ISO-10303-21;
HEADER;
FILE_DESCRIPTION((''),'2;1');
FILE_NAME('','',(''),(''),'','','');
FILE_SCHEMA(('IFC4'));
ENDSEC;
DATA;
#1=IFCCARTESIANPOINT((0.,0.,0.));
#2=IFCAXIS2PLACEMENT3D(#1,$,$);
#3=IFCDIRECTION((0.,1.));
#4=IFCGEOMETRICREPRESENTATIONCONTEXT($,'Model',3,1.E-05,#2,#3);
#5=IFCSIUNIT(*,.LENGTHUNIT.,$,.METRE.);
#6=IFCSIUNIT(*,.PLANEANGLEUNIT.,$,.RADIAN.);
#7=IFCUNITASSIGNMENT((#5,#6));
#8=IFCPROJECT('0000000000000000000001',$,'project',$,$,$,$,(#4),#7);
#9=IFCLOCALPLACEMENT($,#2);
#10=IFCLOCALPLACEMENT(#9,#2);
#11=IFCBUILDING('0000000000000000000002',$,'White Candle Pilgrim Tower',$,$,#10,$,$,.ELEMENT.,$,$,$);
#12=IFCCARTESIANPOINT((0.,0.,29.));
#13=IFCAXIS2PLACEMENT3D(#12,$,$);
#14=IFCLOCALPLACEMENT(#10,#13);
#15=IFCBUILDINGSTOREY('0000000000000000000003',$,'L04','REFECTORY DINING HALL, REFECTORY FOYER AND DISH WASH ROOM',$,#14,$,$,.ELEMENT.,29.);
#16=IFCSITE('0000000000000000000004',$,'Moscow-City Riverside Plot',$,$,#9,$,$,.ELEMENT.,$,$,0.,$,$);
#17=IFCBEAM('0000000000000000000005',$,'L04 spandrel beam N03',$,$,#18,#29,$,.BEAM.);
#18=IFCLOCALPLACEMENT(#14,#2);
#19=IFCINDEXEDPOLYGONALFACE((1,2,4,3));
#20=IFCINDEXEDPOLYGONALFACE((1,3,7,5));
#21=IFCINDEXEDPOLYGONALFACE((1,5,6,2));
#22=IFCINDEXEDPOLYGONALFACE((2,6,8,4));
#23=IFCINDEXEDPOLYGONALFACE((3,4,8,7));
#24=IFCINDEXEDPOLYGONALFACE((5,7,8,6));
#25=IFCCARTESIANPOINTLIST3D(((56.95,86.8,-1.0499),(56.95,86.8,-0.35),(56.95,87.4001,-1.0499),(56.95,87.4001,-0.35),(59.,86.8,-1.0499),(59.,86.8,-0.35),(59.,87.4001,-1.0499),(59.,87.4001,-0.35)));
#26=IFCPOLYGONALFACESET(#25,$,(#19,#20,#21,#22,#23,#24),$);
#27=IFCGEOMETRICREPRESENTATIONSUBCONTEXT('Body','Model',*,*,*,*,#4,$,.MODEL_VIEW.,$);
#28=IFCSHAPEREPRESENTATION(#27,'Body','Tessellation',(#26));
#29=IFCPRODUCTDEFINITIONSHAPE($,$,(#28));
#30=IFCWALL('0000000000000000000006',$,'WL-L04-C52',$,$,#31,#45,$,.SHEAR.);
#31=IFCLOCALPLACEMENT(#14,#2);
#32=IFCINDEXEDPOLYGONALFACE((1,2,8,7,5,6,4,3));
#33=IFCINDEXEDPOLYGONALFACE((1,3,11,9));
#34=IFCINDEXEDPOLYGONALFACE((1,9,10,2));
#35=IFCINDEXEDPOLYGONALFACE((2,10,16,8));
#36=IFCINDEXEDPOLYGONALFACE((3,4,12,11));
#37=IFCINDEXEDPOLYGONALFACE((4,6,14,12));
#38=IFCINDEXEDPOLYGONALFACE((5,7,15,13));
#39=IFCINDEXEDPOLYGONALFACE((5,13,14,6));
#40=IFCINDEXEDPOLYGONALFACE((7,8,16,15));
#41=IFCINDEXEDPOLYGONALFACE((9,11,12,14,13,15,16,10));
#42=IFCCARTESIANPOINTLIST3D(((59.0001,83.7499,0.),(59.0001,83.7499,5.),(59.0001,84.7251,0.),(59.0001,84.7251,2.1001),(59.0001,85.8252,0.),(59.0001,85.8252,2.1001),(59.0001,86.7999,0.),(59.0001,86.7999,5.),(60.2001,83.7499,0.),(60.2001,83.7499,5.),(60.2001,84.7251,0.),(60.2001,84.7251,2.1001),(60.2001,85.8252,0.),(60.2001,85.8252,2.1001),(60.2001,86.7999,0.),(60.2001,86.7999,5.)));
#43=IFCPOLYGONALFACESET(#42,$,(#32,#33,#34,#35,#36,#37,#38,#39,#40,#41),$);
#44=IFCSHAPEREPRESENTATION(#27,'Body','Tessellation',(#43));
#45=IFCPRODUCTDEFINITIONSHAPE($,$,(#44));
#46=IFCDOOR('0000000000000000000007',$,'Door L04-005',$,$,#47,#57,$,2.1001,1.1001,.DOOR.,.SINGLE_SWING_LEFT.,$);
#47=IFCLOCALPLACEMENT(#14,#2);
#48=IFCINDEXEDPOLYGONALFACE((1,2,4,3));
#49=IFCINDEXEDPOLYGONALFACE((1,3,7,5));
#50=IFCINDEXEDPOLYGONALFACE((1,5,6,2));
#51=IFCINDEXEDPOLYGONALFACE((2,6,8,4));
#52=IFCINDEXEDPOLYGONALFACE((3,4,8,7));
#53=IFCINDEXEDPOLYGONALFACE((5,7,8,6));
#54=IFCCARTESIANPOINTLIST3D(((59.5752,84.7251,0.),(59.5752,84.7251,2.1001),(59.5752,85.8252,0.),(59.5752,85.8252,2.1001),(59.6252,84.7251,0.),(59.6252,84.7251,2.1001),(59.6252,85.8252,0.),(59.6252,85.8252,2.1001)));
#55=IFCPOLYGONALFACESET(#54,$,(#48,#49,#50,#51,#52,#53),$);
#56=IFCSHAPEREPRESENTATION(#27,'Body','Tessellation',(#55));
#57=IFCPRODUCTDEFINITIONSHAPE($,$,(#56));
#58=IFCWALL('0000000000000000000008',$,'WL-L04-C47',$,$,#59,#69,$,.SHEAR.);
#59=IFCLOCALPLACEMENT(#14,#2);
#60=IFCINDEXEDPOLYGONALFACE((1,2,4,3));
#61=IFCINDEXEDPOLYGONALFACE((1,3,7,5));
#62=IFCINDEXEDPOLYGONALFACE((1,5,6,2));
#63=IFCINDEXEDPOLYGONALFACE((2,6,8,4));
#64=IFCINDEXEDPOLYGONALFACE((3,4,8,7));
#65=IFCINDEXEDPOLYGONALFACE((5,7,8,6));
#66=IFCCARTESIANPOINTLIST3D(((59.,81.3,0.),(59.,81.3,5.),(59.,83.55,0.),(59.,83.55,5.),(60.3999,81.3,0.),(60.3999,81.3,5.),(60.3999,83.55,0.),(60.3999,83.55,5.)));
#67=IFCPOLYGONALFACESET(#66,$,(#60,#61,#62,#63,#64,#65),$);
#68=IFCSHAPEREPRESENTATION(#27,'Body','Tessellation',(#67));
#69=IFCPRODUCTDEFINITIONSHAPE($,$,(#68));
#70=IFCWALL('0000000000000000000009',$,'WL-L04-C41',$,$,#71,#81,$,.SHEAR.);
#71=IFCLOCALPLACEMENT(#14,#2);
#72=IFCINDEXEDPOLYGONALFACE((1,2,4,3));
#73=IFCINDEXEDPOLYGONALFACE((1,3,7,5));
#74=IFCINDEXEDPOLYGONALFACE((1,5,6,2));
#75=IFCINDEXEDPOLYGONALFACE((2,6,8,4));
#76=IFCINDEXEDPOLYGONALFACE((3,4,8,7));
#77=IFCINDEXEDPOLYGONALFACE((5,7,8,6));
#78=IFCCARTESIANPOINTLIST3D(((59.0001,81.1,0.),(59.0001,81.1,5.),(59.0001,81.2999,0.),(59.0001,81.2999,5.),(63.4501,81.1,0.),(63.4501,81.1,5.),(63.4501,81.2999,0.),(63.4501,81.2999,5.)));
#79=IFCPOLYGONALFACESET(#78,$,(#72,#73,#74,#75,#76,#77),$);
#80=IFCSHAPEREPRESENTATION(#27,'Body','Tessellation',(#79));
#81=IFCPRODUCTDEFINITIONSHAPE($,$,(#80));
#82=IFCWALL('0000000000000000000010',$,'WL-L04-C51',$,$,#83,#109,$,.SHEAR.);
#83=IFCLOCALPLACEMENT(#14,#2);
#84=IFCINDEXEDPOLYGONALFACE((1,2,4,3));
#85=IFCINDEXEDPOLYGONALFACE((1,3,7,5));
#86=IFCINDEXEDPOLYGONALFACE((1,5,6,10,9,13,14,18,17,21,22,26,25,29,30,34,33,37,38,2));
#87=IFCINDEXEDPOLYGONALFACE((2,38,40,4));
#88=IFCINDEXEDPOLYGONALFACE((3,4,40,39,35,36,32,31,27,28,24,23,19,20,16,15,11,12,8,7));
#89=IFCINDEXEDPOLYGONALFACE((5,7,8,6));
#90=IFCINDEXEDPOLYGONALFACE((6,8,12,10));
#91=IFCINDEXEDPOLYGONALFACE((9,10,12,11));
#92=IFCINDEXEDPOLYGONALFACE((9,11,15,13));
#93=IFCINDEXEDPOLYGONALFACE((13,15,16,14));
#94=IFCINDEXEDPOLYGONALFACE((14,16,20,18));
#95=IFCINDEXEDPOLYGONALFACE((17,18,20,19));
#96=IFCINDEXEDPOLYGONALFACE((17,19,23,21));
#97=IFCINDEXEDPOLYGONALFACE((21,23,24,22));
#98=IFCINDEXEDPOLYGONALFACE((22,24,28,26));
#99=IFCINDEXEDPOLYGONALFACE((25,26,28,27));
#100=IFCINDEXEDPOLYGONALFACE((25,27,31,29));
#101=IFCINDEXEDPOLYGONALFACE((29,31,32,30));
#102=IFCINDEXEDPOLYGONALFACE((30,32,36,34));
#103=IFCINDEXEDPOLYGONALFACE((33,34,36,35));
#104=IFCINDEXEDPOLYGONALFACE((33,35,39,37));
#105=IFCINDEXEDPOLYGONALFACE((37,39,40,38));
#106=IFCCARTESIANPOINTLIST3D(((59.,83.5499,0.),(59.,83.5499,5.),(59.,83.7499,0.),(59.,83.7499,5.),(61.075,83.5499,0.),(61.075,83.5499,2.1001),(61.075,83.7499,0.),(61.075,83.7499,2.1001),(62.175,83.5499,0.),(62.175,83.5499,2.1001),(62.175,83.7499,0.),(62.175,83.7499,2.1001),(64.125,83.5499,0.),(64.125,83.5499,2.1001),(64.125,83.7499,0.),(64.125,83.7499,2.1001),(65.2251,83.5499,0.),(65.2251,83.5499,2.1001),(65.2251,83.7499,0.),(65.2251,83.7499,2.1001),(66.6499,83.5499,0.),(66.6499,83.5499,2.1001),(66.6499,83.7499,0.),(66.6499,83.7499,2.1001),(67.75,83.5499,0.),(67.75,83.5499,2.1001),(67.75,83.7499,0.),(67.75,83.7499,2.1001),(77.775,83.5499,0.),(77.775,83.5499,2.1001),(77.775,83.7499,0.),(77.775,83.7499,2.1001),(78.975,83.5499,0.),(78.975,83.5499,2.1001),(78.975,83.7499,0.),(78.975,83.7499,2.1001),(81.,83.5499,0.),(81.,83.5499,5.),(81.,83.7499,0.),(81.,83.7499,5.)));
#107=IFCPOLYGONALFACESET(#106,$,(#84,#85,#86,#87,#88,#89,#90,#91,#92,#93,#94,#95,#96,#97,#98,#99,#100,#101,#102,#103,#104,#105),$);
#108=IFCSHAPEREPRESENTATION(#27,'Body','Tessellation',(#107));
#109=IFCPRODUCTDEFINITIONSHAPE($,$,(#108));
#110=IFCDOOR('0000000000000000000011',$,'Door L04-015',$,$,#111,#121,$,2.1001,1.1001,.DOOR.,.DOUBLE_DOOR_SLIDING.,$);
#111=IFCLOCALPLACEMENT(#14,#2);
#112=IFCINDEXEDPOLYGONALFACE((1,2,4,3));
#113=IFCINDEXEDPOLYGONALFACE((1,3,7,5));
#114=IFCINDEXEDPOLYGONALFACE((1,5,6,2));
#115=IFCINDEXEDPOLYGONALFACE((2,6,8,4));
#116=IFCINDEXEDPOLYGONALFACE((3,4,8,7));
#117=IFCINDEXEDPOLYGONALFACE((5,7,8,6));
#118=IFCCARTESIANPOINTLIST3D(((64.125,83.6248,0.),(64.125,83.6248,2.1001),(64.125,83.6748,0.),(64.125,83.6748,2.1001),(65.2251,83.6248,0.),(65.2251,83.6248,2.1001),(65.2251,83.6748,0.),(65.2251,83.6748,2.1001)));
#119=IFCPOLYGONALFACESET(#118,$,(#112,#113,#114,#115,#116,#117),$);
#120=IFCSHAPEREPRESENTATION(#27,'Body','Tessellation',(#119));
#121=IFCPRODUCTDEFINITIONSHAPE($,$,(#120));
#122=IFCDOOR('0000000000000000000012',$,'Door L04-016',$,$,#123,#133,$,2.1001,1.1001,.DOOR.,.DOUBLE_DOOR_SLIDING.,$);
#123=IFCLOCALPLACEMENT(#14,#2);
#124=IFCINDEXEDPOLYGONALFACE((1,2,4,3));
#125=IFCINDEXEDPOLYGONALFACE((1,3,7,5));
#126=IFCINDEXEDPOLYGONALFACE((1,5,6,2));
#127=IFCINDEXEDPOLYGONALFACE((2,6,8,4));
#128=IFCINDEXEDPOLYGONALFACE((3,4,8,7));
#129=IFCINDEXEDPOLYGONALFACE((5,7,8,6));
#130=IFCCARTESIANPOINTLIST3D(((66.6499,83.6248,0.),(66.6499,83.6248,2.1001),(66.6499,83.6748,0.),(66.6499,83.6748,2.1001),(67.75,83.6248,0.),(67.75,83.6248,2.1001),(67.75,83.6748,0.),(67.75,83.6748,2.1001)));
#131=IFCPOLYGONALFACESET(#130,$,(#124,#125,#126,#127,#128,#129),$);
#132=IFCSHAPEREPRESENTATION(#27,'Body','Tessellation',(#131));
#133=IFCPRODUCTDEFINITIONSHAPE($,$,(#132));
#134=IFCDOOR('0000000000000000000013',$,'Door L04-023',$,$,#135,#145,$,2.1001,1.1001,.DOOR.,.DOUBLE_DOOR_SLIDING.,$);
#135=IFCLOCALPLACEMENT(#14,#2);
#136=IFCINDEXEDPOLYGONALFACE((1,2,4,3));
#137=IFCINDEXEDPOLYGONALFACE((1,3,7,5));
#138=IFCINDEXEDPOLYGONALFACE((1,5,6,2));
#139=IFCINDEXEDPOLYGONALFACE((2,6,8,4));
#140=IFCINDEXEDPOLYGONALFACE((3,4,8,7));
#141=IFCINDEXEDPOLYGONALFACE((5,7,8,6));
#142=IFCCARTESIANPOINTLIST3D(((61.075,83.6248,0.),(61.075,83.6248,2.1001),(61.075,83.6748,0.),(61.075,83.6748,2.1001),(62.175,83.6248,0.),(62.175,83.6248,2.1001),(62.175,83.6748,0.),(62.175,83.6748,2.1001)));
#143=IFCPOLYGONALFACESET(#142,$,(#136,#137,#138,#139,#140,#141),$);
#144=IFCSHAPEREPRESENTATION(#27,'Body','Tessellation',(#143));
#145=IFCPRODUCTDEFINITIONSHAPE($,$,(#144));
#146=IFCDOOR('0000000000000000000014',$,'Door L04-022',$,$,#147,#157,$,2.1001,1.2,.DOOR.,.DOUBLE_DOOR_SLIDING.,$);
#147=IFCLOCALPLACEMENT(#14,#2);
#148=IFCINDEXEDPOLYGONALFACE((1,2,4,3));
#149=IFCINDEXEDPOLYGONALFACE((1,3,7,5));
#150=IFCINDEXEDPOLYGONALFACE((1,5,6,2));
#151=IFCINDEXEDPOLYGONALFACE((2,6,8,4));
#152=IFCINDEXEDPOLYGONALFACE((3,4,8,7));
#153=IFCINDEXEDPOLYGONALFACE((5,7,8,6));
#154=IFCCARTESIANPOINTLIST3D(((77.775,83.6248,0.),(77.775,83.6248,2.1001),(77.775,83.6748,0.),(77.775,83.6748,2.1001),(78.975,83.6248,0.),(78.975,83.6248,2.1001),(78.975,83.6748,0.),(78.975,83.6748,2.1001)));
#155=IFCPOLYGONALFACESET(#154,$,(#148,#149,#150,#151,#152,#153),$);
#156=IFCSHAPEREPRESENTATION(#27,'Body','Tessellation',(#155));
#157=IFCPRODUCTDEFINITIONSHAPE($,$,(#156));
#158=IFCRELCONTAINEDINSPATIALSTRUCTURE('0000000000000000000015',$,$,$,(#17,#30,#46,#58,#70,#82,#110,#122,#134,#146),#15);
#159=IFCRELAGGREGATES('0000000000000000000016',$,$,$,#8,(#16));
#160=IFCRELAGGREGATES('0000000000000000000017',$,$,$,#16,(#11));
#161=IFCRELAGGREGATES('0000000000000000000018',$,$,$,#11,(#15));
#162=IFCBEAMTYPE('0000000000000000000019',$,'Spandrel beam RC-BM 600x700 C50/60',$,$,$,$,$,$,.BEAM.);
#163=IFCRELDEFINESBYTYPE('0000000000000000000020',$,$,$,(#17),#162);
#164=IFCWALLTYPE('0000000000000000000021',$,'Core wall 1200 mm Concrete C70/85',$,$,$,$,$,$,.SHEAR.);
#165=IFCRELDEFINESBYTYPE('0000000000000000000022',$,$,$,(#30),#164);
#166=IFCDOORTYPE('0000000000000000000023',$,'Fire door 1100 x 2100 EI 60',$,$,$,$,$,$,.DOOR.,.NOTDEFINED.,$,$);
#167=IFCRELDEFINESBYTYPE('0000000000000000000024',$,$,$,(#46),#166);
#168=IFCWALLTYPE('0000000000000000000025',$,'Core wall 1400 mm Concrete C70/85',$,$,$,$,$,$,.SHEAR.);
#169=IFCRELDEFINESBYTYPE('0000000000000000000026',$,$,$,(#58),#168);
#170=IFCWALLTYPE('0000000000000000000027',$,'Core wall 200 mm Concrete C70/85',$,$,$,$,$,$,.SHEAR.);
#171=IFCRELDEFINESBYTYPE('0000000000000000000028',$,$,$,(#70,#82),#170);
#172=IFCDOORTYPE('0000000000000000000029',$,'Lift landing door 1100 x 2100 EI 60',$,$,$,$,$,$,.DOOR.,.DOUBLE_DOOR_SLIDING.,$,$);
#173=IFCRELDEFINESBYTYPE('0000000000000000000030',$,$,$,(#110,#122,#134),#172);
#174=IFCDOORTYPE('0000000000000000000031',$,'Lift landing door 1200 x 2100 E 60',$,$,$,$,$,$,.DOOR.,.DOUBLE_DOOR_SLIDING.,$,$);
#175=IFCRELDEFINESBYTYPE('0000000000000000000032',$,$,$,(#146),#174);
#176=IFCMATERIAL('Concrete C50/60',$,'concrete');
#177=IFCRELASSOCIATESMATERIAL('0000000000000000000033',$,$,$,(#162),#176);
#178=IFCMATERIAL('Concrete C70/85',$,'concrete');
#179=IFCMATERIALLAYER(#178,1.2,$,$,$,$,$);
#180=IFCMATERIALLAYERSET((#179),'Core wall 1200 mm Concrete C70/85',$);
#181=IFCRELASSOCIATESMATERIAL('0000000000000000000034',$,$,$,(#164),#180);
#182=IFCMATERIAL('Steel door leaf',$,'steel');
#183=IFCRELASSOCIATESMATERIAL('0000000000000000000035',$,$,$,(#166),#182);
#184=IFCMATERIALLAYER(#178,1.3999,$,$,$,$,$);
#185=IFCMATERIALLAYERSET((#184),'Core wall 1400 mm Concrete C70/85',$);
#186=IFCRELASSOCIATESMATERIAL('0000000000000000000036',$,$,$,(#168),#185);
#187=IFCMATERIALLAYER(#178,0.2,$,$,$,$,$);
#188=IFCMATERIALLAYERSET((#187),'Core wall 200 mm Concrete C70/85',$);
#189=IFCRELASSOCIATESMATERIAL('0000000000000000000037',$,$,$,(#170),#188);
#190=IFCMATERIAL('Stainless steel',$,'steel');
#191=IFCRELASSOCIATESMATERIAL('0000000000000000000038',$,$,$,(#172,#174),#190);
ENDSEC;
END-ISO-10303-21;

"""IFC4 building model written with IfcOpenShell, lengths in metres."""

from ifc_helpers import new_model, si_unit, direction, frame, frame_2d, origin, origin_2d, place, context, subcontext, project, spatial, rectangle, extrude, material, layer, layer_set, material_profile, profile_set, type_object, element, fill, save


model = new_model("IFC4")

# Units and contexts
model_context = context("Model", 3, precision=1e-05, world=origin(), true_north=direction((0.0, 1.0)))
body_context = subcontext(model_context, "Body", "Model", "MODEL_VIEW")
ifc_project = project(units=[si_unit("LENGTHUNIT", "METRE"), si_unit("PLANEANGLEUNIT", "RADIAN")], contexts=[model_context])

# Site, building, storey
site_placement = place(None, origin())
site = spatial("IfcSite", under=ifc_project, at=site_placement, Name="Moscow-City Riverside Plot", CompositionType="ELEMENT", RefElevation=0.0)
building_placement = place(site_placement, origin())
building = spatial("IfcBuilding", under=site, at=building_placement, Name="White Candle Pilgrim Tower", CompositionType="ELEMENT")
storey_placement = place(building_placement, frame((0.0, 0.0, 29.0)))
storey = spatial("IfcBuildingStorey", under=building, at=storey_placement, Name="L04", Description="REFECTORY DINING HALL, REFECTORY FOYER AND DISH WASH ROOM", CompositionType="ELEMENT", Elevation=29.0)

# Beam
ifc_material_1 = material(Name="Concrete C50/60", Category="concrete")
ifc_material_profile = material_profile(ifc_material_1, rectangle(XDim=0.6001, YDim=0.7, at=origin_2d()), Name="RC-BM 600x700")
ifc_profile_set = profile_set([ifc_material_profile], Name="Concrete C50/60")
beam_type = type_object("IfcBeamType", Name="Spandrel beam RC-BM 600x700 C50/60", PredefinedType="BEAM", material=ifc_profile_set)
beam_placement = place(storey_placement, frame((56.95, 87.1001, -0.7), z_axis=(1.0, 0.0, 0.0), x_axis=(0.0, 1.0, 0.0)))
element("IfcBeam", 1, at=beam_placement, inside=storey, type_object=beam_type, Name="L04 spandrel beam N03", PredefinedType="BEAM", context=body_context, shape_type="SweptSolid", body=[
    extrude(rectangle(XDim=0.6001, YDim=0.7, at=origin_2d()), origin(), (0.0, 0.0, 1.0), 2.05),
])

# Wall, opening, door
ifc_material_2 = material(Name="Concrete C70/85", Category="concrete")
ifc_layer_1 = layer(ifc_material_2, 1.2)
ifc_layer_set_1 = layer_set([ifc_layer_1], Name="Core wall 1200 mm Concrete C70/85")
wall_type_1 = type_object("IfcWallType", Name="Core wall 1200 mm Concrete C70/85", PredefinedType="SHEAR", material=ifc_layer_set_1)
wall_1_placement = place(storey_placement, frame((59.6001, 83.75, 0.0), z_axis=(0.0, 0.0, 1.0), x_axis=(0.0, 1.0, 0.0)))
wall_1 = element("IfcWall", 2, at=wall_1_placement, inside=storey, type_object=wall_type_1, Name="WL-L04-C52", PredefinedType="SHEAR", context=body_context, shape_type="SweptSolid", body=[
    extrude(rectangle(XDim=3.05, YDim=1.2, at=frame_2d((1.5249, 0.0))), origin(), (0.0, 0.0, 1.0), 5.0),
])
opening_1_placement = place(wall_1_placement, frame((0.9751, 0.0, 0.0)))
opening_1 = element("IfcOpeningElement", 3, at=opening_1_placement, cuts=wall_1, PredefinedType="OPENING", context=body_context, shape_type="SweptSolid", body=[
    extrude(rectangle(XDim=1.1001, YDim=2.1001, at=frame_2d((0.55, 1.05))), frame((0.0, 0.6099, 0.0), z_axis=(0.0, -1.0, 0.0), x_axis=(1.0, 0.0, 0.0)), (0.0, 0.0, 1.0), 1.22),
])
ifc_material_3 = material(Name="Steel door leaf", Category="steel")
door_type_1 = type_object("IfcDoorType", Name="Fire door 1100 x 2100 EI 60", OperationType="NOTDEFINED", PredefinedType="DOOR", material=ifc_material_3)
door_1_placement = place(opening_1_placement, origin())
door_1 = element("IfcDoor", 4, at=door_1_placement, inside=storey, type_object=door_type_1, Name="Door L04-005", OperationType="SINGLE_SWING_LEFT", OverallHeight=2.1001, OverallWidth=1.1001, PredefinedType="DOOR", context=body_context, shape_type="SweptSolid", body=[
    extrude(rectangle(XDim=1.1001, YDim=2.1001, at=frame_2d((0.55, 1.05))), frame((0.0, 0.0249, 0.0), z_axis=(0.0, -1.0, 0.0), x_axis=(1.0, 0.0, 0.0)), (0.0, 0.0, 1.0), 0.05),
])
fill(opening_1, door_1)

# Walls
ifc_layer_2 = layer(ifc_material_2, 1.3999)
ifc_layer_set_2 = layer_set([ifc_layer_2], Name="Core wall 1400 mm Concrete C70/85")
wall_type_2 = type_object("IfcWallType", Name="Core wall 1400 mm Concrete C70/85", PredefinedType="SHEAR", material=ifc_layer_set_2)
wall_2_placement = place(storey_placement, frame((59.7, 81.3, 0.0), z_axis=(0.0, 0.0, 1.0), x_axis=(0.0, 1.0, 0.0)))
element("IfcWall", 5, at=wall_2_placement, inside=storey, type_object=wall_type_2, Name="WL-L04-C47", PredefinedType="SHEAR", context=body_context, shape_type="SweptSolid", body=[
    extrude(rectangle(XDim=2.25, YDim=1.3999, at=frame_2d((1.125, 0.0))), origin(), (0.0, 0.0, 1.0), 5.0),
])
ifc_layer_3 = layer(ifc_material_2, 0.2)
ifc_layer_set_3 = layer_set([ifc_layer_3], Name="Core wall 200 mm Concrete C70/85")
wall_type_3 = type_object("IfcWallType", Name="Core wall 200 mm Concrete C70/85", PredefinedType="SHEAR", material=ifc_layer_set_3)
wall_3_placement = place(storey_placement, frame((59.0, 81.2, 0.0), z_axis=(0.0, 0.0, 1.0), x_axis=(1.0, 0.0, 0.0)))
element("IfcWall", 6, at=wall_3_placement, inside=storey, type_object=wall_type_3, Name="WL-L04-C41", PredefinedType="SHEAR", context=body_context, shape_type="SweptSolid", body=[
    extrude(rectangle(XDim=4.45, YDim=0.2, at=frame_2d((2.2251, 0.0))), origin(), (0.0, 0.0, 1.0), 5.0),
])

# Wall, openings, doors
wall_4_placement = place(storey_placement, frame((59.0, 83.6499, 0.0), z_axis=(0.0, 0.0, 1.0), x_axis=(1.0, 0.0, 0.0)))
wall_4 = element("IfcWall", 7, at=wall_4_placement, inside=storey, type_object=wall_type_3, Name="WL-L04-C51", PredefinedType="SHEAR", context=body_context, shape_type="SweptSolid", body=[
    extrude(rectangle(XDim=22.0, YDim=0.2, at=frame_2d((11.0, 0.0))), origin(), (0.0, 0.0, 1.0), 5.0),
])
opening_2_placement = place(wall_4_placement, frame((5.125, 0.0, 0.0)))
opening_2 = element("IfcOpeningElement", 8, at=opening_2_placement, cuts=wall_4, PredefinedType="OPENING", context=body_context, shape_type="SweptSolid", body=[
    extrude(rectangle(XDim=1.1001, YDim=2.1001, at=frame_2d((0.55, 1.05))), frame((0.0, 0.1099, 0.0), z_axis=(0.0, -1.0, 0.0), x_axis=(1.0, 0.0, 0.0)), (0.0, 0.0, 1.0), 0.22),
])
opening_3_placement = place(wall_4_placement, frame((7.6499, 0.0, 0.0)))
opening_3 = element("IfcOpeningElement", 9, at=opening_3_placement, cuts=wall_4, PredefinedType="OPENING", context=body_context, shape_type="SweptSolid", body=[
    extrude(rectangle(XDim=1.1001, YDim=2.1001, at=frame_2d((0.55, 1.05))), frame((0.0, 0.1099, 0.0), z_axis=(0.0, -1.0, 0.0), x_axis=(1.0, 0.0, 0.0)), (0.0, 0.0, 1.0), 0.22),
])
opening_4_placement = place(wall_4_placement, frame((18.7749, 0.0, 0.0)))
opening_4 = element("IfcOpeningElement", 10, at=opening_4_placement, cuts=wall_4, PredefinedType="OPENING", context=body_context, shape_type="SweptSolid", body=[
    extrude(rectangle(XDim=1.2, YDim=2.1001, at=frame_2d((0.6001, 1.05))), frame((0.0, 0.1099, 0.0), z_axis=(0.0, -1.0, 0.0), x_axis=(1.0, 0.0, 0.0)), (0.0, 0.0, 1.0), 0.22),
])
opening_5_placement = place(wall_4_placement, frame((2.075, 0.0, 0.0)))
opening_5 = element("IfcOpeningElement", 11, at=opening_5_placement, cuts=wall_4, PredefinedType="OPENING", context=body_context, shape_type="SweptSolid", body=[
    extrude(rectangle(XDim=1.1001, YDim=2.1001, at=frame_2d((0.55, 1.05))), frame((0.0, 0.1099, 0.0), z_axis=(0.0, -1.0, 0.0), x_axis=(1.0, 0.0, 0.0)), (0.0, 0.0, 1.0), 0.22),
])
ifc_material_4 = material(Name="Stainless steel", Category="steel")
door_type_2 = type_object("IfcDoorType", Name="Lift landing door 1100 x 2100 EI 60", OperationType="DOUBLE_DOOR_SLIDING", PredefinedType="DOOR", material=ifc_material_4)
door_2_placement = place(opening_2_placement, origin())
door_2 = element("IfcDoor", 12, at=door_2_placement, inside=storey, type_object=door_type_2, Name="Door L04-015", OperationType="DOUBLE_DOOR_SLIDING", OverallHeight=2.1001, OverallWidth=1.1001, PredefinedType="DOOR", context=body_context, shape_type="SweptSolid", body=[
    extrude(rectangle(XDim=1.1001, YDim=2.1001, at=frame_2d((0.55, 1.05))), frame((0.0, 0.0249, 0.0), z_axis=(0.0, -1.0, 0.0), x_axis=(1.0, 0.0, 0.0)), (0.0, 0.0, 1.0), 0.05),
])
fill(opening_2, door_2)
door_3_placement = place(opening_3_placement, origin())
door_3 = element("IfcDoor", 13, at=door_3_placement, inside=storey, type_object=door_type_2, Name="Door L04-016", OperationType="DOUBLE_DOOR_SLIDING", OverallHeight=2.1001, OverallWidth=1.1001, PredefinedType="DOOR", context=body_context, shape_type="SweptSolid", body=[
    extrude(rectangle(XDim=1.1001, YDim=2.1001, at=frame_2d((0.55, 1.05))), frame((0.0, 0.0249, 0.0), z_axis=(0.0, -1.0, 0.0), x_axis=(1.0, 0.0, 0.0)), (0.0, 0.0, 1.0), 0.05),
])
fill(opening_3, door_3)
door_4_placement = place(opening_5_placement, origin())
door_4 = element("IfcDoor", 14, at=door_4_placement, inside=storey, type_object=door_type_2, Name="Door L04-023", OperationType="DOUBLE_DOOR_SLIDING", OverallHeight=2.1001, OverallWidth=1.1001, PredefinedType="DOOR", context=body_context, shape_type="SweptSolid", body=[
    extrude(rectangle(XDim=1.1001, YDim=2.1001, at=frame_2d((0.55, 1.05))), frame((0.0, 0.0249, 0.0), z_axis=(0.0, -1.0, 0.0), x_axis=(1.0, 0.0, 0.0)), (0.0, 0.0, 1.0), 0.05),
])
fill(opening_5, door_4)
door_type_3 = type_object("IfcDoorType", Name="Lift landing door 1200 x 2100 E 60", OperationType="DOUBLE_DOOR_SLIDING", PredefinedType="DOOR", material=ifc_material_4)
door_5_placement = place(opening_4_placement, origin())
door_5 = element("IfcDoor", 15, at=door_5_placement, inside=storey, type_object=door_type_3, Name="Door L04-022", OperationType="DOUBLE_DOOR_SLIDING", OverallHeight=2.1001, OverallWidth=1.2, PredefinedType="DOOR", context=body_context, shape_type="SweptSolid", body=[
    extrude(rectangle(XDim=1.2, YDim=2.1001, at=frame_2d((0.6001, 1.05))), frame((0.0, 0.0249, 0.0), z_axis=(0.0, -1.0, 0.0), x_axis=(1.0, 0.0, 0.0)), (0.0, 0.0, 1.0), 0.05),
])
fill(opening_4, door_5)

save(model, "model.ifc")
